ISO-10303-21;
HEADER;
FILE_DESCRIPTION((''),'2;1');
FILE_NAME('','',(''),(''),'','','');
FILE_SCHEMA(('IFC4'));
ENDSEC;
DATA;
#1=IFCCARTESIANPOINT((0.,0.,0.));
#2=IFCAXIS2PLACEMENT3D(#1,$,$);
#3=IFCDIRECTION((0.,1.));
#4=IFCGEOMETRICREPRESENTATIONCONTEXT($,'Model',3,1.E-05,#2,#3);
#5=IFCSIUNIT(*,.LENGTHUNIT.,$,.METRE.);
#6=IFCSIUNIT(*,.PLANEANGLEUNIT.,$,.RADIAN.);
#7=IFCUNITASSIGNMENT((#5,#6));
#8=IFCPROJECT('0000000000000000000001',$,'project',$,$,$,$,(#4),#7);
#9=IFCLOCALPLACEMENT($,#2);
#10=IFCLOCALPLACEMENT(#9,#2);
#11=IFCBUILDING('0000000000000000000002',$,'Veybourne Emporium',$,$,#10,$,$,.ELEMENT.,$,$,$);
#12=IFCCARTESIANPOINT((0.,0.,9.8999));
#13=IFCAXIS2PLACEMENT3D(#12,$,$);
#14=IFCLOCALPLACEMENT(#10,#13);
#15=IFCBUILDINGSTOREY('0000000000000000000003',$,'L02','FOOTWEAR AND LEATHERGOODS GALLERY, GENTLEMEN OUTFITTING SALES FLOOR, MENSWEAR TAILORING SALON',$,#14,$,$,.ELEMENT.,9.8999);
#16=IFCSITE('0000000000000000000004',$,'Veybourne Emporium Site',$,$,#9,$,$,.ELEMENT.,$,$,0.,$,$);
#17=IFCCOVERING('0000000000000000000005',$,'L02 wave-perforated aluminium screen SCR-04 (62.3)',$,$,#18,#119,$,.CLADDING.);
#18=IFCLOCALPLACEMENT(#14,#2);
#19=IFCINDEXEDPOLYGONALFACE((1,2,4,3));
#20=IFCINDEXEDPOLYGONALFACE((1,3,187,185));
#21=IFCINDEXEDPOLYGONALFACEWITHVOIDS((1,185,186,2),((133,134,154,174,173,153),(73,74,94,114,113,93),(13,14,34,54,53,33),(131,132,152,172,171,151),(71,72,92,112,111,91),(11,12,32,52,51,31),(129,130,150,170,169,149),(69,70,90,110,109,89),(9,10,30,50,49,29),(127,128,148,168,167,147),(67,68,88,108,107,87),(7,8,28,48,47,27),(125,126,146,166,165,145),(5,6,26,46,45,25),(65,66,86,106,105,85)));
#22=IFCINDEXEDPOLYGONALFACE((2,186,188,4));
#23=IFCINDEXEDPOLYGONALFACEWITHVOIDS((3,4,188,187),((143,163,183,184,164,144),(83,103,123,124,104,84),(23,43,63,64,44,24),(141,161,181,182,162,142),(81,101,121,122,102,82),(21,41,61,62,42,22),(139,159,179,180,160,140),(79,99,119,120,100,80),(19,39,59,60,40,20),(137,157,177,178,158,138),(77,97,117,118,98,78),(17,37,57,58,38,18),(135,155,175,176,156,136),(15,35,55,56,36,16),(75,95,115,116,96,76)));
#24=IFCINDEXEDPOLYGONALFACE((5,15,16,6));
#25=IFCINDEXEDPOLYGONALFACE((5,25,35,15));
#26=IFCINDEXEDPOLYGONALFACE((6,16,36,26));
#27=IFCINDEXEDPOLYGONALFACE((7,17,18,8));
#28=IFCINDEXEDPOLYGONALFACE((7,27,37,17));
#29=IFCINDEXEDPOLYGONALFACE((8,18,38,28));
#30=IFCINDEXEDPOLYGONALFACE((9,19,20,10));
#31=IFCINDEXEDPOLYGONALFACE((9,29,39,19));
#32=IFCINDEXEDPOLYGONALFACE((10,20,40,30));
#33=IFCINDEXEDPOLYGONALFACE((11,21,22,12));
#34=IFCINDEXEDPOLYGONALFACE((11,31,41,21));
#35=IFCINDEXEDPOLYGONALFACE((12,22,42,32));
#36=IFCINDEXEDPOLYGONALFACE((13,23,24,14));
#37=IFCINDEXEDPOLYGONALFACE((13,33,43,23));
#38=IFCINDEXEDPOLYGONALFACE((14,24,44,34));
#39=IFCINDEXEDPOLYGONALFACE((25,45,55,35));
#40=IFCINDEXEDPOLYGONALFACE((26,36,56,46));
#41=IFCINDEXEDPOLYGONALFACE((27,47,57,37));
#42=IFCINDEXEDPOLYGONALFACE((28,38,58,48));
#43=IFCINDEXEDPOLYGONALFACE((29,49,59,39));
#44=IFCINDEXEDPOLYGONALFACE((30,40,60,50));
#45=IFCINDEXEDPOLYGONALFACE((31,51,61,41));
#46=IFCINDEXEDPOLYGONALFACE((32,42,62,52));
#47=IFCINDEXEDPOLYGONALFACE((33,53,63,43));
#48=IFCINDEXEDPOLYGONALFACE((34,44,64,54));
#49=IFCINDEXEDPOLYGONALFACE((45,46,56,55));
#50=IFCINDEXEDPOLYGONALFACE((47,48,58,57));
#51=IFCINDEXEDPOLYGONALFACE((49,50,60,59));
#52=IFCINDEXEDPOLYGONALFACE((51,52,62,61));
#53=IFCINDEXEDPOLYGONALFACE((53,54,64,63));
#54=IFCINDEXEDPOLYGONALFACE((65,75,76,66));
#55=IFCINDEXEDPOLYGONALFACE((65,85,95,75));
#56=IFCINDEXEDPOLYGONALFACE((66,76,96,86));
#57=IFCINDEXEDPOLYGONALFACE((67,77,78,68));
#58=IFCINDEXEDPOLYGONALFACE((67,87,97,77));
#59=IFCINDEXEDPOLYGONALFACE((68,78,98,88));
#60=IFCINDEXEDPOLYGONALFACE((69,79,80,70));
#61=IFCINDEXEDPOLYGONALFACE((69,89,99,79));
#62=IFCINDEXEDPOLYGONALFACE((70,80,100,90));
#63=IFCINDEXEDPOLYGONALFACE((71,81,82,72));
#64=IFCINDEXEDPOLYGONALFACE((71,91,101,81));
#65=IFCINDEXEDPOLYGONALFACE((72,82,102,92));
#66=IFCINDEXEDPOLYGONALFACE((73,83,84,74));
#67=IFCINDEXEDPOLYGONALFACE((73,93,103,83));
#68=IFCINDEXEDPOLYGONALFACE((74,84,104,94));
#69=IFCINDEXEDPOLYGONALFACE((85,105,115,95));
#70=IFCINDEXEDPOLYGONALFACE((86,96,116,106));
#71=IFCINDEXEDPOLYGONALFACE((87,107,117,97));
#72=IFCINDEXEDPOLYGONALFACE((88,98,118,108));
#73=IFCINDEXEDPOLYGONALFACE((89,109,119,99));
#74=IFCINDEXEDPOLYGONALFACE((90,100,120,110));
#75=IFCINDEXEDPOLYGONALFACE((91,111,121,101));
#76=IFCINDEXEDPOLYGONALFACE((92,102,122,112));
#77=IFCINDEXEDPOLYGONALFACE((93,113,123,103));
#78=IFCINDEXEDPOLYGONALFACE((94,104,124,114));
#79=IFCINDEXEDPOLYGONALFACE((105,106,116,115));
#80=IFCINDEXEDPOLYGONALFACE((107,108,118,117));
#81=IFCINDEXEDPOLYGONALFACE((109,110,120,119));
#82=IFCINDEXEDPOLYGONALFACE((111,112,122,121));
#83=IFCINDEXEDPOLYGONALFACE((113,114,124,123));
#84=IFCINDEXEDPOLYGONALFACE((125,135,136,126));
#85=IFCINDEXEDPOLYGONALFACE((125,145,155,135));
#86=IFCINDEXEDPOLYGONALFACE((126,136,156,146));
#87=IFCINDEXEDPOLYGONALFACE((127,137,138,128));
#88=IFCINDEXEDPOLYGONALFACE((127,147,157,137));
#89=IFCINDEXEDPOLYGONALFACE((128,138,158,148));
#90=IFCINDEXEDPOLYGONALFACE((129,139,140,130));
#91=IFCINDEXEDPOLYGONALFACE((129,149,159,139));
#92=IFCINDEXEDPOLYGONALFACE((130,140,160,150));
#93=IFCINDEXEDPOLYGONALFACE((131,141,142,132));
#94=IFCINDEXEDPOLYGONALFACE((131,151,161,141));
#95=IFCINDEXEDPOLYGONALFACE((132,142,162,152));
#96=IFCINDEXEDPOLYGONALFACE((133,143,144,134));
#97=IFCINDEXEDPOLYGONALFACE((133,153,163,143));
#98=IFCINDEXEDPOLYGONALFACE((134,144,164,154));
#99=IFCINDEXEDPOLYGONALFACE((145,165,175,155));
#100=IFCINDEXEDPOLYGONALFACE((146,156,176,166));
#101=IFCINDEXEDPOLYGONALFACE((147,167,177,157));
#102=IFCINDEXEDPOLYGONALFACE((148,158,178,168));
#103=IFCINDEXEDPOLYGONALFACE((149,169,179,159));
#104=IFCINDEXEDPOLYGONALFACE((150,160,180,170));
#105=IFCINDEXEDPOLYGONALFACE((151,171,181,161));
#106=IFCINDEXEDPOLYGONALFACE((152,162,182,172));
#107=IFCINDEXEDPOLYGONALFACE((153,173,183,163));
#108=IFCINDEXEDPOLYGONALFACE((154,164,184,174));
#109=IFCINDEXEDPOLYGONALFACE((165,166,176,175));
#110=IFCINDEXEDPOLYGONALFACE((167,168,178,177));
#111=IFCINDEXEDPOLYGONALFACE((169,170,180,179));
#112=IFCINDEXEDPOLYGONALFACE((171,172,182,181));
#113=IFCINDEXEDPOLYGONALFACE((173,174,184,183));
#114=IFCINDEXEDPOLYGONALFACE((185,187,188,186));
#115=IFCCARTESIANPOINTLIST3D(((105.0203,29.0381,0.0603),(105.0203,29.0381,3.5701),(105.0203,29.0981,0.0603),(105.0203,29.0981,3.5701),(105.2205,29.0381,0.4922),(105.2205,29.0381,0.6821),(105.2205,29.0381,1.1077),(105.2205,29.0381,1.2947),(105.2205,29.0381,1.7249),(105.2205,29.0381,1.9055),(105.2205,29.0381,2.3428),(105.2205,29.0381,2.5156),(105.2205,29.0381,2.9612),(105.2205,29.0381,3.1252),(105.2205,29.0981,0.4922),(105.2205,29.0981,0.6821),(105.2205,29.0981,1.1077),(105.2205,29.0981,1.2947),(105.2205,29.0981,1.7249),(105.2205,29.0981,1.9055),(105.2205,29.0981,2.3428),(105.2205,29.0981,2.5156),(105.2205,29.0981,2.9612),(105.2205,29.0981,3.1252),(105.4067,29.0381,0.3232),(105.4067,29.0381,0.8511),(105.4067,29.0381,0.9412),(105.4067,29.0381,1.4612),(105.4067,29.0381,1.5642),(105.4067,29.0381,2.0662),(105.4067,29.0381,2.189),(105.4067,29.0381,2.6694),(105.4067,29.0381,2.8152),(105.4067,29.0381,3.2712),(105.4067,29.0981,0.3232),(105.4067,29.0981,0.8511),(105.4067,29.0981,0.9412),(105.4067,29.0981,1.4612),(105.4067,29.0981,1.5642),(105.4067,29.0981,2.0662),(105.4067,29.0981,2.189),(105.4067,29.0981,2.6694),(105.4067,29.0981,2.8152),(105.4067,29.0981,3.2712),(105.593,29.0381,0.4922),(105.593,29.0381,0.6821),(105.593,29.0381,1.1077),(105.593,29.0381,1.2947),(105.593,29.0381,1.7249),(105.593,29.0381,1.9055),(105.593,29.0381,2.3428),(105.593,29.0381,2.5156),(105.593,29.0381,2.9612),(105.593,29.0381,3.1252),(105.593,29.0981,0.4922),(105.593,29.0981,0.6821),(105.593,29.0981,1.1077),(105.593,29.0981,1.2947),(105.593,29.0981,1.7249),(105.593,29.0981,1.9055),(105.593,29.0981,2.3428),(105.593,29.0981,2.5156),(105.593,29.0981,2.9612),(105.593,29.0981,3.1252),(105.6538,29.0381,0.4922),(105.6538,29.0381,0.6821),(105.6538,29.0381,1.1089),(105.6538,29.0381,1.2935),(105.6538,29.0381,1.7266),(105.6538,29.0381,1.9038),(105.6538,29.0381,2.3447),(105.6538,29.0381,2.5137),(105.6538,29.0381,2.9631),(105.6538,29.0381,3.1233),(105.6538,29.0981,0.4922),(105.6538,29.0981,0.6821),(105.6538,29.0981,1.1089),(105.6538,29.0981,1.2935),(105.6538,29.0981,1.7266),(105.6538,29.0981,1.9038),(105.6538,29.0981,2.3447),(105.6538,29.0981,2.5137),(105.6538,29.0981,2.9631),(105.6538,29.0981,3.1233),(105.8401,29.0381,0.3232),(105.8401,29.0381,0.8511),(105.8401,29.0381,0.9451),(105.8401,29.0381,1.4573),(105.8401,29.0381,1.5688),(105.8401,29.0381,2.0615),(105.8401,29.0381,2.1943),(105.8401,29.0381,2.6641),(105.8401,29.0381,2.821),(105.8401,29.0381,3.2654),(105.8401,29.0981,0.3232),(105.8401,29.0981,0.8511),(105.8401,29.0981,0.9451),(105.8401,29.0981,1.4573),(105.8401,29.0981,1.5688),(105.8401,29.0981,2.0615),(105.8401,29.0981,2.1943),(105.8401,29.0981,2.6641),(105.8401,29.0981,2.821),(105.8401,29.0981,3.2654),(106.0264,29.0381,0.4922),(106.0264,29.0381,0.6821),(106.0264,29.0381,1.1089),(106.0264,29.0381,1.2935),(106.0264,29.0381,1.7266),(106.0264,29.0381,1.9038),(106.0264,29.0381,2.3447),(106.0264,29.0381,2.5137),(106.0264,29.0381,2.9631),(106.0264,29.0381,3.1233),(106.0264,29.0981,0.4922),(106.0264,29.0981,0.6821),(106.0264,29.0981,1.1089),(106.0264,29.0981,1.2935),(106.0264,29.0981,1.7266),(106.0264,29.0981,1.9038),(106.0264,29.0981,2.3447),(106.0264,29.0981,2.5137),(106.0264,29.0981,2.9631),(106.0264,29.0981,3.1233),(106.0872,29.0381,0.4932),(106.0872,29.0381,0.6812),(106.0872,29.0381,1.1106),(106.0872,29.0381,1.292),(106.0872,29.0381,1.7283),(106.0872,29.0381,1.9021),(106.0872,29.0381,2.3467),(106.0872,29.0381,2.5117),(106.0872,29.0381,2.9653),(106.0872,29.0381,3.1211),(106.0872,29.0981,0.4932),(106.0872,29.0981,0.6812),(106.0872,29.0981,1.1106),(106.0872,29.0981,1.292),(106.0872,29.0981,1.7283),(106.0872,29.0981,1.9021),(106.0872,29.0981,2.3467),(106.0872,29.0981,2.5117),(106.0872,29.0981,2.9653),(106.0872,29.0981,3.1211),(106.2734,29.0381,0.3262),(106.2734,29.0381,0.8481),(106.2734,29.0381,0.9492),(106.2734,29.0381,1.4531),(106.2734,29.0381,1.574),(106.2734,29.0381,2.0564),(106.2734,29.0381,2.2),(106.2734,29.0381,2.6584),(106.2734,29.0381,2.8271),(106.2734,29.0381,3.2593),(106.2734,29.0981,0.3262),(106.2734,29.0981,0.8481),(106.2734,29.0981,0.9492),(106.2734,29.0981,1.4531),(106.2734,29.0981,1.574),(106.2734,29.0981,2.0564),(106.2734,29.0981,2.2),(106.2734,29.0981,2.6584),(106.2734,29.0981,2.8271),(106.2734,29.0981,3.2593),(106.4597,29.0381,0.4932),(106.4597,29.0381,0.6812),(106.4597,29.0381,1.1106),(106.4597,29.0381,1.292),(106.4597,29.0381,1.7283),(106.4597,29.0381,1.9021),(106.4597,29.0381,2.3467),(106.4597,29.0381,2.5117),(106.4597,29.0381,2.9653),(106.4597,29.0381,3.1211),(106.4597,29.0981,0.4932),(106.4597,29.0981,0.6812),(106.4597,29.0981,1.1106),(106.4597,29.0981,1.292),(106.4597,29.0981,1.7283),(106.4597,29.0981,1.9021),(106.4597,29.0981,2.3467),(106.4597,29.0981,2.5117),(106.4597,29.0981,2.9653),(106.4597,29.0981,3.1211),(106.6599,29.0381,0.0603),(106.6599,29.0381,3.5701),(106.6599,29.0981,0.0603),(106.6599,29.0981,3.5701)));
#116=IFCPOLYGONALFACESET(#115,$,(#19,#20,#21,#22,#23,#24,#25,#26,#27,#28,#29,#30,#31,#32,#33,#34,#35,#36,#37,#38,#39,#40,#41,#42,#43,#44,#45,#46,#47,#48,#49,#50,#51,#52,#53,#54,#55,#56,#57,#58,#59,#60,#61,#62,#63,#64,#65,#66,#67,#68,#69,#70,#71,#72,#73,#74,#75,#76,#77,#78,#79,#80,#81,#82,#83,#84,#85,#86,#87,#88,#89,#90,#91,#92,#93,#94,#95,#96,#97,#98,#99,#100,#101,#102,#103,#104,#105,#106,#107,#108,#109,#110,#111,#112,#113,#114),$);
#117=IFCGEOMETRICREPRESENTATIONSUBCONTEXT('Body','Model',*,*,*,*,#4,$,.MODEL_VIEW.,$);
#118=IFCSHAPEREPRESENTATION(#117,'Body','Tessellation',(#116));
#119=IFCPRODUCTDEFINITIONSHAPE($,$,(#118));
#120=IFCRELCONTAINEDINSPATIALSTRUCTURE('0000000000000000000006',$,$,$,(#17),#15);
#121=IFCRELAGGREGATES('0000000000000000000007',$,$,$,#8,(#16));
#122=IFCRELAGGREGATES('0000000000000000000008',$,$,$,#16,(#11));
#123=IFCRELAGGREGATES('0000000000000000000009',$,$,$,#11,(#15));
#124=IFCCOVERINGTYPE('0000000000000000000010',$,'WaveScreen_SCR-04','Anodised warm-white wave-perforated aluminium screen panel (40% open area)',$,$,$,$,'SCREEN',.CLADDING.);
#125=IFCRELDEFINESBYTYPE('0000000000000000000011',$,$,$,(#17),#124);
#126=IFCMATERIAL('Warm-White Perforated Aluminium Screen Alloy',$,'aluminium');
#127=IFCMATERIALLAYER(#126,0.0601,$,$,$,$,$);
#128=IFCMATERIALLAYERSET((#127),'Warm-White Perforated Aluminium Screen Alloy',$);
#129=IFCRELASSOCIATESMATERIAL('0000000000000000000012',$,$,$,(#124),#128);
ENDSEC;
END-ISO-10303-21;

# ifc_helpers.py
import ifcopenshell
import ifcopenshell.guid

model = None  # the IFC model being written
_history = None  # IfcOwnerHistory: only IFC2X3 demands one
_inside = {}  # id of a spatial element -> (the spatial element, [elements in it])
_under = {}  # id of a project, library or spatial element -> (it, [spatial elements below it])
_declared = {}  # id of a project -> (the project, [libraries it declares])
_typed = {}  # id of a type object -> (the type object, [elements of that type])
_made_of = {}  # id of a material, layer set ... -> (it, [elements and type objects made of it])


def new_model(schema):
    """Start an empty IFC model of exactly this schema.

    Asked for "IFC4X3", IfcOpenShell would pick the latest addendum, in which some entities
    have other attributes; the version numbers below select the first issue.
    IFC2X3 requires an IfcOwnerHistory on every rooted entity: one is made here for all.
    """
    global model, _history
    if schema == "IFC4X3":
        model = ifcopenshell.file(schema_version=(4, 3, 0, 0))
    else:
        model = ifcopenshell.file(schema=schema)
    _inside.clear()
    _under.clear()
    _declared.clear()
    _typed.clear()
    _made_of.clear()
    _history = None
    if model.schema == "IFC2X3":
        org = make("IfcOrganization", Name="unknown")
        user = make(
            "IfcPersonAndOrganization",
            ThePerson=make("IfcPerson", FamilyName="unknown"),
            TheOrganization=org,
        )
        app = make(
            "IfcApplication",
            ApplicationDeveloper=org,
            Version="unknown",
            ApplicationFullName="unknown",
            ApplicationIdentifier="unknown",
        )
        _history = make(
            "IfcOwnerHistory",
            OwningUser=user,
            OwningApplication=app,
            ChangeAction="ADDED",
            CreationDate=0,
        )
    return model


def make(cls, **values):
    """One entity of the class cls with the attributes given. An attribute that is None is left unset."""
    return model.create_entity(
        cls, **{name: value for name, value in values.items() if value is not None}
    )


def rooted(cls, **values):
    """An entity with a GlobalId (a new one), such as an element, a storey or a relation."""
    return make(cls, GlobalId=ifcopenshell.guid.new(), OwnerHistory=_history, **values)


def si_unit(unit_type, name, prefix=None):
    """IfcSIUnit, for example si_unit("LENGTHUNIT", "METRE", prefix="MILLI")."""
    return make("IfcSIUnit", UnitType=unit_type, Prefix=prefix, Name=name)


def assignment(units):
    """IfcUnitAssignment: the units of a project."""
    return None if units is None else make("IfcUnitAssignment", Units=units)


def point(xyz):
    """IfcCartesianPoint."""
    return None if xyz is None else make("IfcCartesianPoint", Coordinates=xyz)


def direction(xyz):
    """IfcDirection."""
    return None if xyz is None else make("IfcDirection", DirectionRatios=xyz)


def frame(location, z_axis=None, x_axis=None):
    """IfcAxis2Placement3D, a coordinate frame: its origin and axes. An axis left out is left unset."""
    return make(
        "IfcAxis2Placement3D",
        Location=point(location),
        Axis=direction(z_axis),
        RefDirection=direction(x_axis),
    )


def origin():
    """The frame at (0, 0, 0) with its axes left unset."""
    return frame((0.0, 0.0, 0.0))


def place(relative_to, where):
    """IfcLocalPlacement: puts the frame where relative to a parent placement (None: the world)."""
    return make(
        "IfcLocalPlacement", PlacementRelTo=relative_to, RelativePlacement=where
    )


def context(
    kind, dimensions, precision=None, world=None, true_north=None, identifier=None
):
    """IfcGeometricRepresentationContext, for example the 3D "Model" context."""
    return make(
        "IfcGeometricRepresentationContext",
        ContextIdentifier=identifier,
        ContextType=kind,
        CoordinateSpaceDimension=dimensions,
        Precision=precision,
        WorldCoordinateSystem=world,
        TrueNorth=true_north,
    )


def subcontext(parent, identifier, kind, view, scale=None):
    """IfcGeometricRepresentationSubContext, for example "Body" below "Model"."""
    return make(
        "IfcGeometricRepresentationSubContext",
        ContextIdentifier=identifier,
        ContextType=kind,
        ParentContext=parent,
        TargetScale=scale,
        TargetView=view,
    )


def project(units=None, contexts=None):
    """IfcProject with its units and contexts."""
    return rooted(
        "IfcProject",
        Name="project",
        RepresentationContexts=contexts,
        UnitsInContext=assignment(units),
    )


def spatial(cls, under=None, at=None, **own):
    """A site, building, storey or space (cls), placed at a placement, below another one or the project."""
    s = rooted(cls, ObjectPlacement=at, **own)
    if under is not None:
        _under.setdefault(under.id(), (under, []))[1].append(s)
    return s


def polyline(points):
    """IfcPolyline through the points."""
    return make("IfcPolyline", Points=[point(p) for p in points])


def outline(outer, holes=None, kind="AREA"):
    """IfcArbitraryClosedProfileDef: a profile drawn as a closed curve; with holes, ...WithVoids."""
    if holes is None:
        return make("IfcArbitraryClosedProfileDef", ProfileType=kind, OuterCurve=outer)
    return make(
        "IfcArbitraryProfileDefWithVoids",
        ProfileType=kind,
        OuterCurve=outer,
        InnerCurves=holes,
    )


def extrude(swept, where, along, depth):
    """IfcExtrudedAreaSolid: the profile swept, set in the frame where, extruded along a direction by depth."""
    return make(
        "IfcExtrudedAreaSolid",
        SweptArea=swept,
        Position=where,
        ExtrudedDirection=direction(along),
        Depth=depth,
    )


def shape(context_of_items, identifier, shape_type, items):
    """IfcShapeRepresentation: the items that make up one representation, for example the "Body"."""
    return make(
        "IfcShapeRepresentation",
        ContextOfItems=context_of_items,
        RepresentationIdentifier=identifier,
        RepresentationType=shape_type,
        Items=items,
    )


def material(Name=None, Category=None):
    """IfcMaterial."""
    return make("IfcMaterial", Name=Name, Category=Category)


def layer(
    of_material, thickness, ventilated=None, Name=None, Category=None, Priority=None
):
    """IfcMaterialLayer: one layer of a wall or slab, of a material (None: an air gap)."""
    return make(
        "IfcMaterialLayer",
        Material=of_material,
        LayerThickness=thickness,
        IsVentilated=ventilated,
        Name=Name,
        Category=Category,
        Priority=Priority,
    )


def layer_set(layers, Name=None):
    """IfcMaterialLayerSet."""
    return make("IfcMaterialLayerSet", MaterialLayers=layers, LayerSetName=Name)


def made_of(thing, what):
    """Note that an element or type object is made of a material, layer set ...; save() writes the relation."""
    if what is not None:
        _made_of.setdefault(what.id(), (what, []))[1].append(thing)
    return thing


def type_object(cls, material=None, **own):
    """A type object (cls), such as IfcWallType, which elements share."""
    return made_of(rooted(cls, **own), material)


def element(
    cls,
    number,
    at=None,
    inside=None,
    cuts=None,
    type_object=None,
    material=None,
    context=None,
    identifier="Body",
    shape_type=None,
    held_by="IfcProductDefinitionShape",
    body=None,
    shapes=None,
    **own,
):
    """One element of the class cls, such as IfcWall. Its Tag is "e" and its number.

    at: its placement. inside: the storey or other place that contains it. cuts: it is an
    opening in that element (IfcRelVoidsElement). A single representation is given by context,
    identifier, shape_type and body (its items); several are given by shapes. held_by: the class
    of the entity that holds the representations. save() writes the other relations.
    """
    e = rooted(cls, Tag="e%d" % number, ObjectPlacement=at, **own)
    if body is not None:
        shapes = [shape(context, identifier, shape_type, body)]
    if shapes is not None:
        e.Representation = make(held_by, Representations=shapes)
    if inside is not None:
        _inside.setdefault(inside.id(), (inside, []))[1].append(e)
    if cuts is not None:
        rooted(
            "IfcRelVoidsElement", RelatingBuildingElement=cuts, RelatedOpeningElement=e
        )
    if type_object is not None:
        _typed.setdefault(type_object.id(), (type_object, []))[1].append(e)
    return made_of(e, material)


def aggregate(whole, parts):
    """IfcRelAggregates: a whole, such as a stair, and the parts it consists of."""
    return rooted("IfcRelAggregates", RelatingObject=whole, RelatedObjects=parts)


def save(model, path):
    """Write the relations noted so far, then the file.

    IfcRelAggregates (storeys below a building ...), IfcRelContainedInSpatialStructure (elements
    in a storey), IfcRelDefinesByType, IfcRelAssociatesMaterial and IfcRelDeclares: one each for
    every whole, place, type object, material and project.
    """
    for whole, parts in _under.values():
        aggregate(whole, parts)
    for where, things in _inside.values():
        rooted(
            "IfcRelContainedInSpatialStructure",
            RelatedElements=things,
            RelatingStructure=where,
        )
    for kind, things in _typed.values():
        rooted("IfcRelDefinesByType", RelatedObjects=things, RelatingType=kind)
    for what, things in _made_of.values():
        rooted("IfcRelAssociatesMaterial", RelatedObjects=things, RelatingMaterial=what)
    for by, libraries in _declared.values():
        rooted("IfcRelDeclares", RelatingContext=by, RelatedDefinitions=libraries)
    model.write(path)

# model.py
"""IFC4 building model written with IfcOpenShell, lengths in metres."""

from ifc_helpers import new_model, si_unit, direction, frame, origin, place, context, subcontext, project, spatial, polyline, outline, extrude, material, layer, layer_set, type_object, element, save


model = new_model("IFC4")

# Units and contexts
model_context = context("Model", 3, precision=1e-05, world=origin(), true_north=direction((0.0, 1.0)))
body_context = subcontext(model_context, "Body", "Model", "MODEL_VIEW")
ifc_project = project(units=[si_unit("LENGTHUNIT", "METRE"), si_unit("PLANEANGLEUNIT", "RADIAN")], contexts=[model_context])

# Site, building, storey
site_placement = place(None, origin())
site = spatial("IfcSite", under=ifc_project, at=site_placement, Name="Veybourne Emporium Site", CompositionType="ELEMENT", RefElevation=0.0)
building_placement = place(site_placement, origin())
building = spatial("IfcBuilding", under=site, at=building_placement, Name="Veybourne Emporium", CompositionType="ELEMENT")
storey_placement = place(building_placement, frame((0.0, 0.0, 9.8999)))
storey = spatial("IfcBuildingStorey", under=building, at=storey_placement, Name="L02", Description="FOOTWEAR AND LEATHERGOODS GALLERY, GENTLEMEN OUTFITTING SALES FLOOR, MENSWEAR TAILORING SALON", CompositionType="ELEMENT", Elevation=9.8999)

# Covering
ifc_material_1 = material(Name="Warm-White Perforated Aluminium Screen Alloy", Category="aluminium")
ifc_layer_1 = layer(ifc_material_1, 0.0601)
ifc_layer_set_1 = layer_set([ifc_layer_1], Name="Warm-White Perforated Aluminium Screen Alloy")
covering_type_1 = type_object("IfcCoveringType", Name="WaveScreen_SCR-04", Description="Anodised warm-white wave-perforated aluminium screen panel (40% open area)", ElementType="SCREEN", PredefinedType="CLADDING", material=ifc_layer_set_1)
covering_1_placement = place(storey_placement, frame((105.8401, 29.0981, 1.8152), z_axis=(0.0, -1.0, 0.0), x_axis=(1.0, 0.0, 0.0)))
element("IfcCovering", 1, at=covering_1_placement, inside=storey, type_object=covering_type_1, Name="L02 wave-perforated aluminium screen SCR-04 (62.3)", PredefinedType="CLADDING", context=body_context, shape_type="SweptSolid", body=[
    extrude(outline(polyline([(-0.8198, -1.7549), (0.8198, -1.7549), (0.8198, 1.7549), (-0.8198, 1.7549), (-0.8198, -1.7549)]), holes=[polyline([(-0.4333, -0.9641), (-0.2471, -1.1331), (-0.2471, -1.323), (-0.4333, -1.4919), (-0.6196, -1.323), (-0.6196, -1.1331), (-0.4333, -0.9641)]), polyline([(-0.4333, -0.354), (-0.2471, -0.5205), (-0.2471, -0.7075), (-0.4333, -0.874), (-0.6196, -0.7075), (-0.6196, -0.5205), (-0.4333, -0.354)]), polyline([(-0.4333, 0.251), (-0.2471, 0.0903), (-0.2471, -0.0903), (-0.4333, -0.251), (-0.6196, -0.0903), (-0.6196, 0.0903), (-0.4333, 0.251)]), polyline([(-0.4333, 0.8542), (-0.2471, 0.7004), (-0.2471, 0.5276), (-0.4333, 0.3738), (-0.6196, 0.5276), (-0.6196, 0.7004), (-0.4333, 0.8542)]), polyline([(-0.4333, 1.4561), (-0.2471, 1.3101), (-0.2471, 1.146), (-0.4333, 1.0), (-0.6196, 1.146), (-0.6196, 1.3101), (-0.4333, 1.4561)]), polyline([(0.0, -0.9641), (0.1863, -1.1331), (0.1863, -1.323), (0.0, -1.4919), (-0.1863, -1.323), (-0.1863, -1.1331), (0.0, -0.9641)]), polyline([(0.0, -0.3579), (0.1863, -0.5217), (0.1863, -0.7063), (0.0, -0.8701), (-0.1863, -0.7063), (-0.1863, -0.5217), (0.0, -0.3579)]), polyline([(0.0, 0.2463), (0.1863, 0.0886), (0.1863, -0.0886), (0.0, -0.2463), (-0.1863, -0.0886), (-0.1863, 0.0886), (0.0, 0.2463)]), polyline([(0.0, 0.8489), (0.1863, 0.6985), (0.1863, 0.5295), (0.0, 0.3792), (-0.1863, 0.5295), (-0.1863, 0.6985), (0.0, 0.8489)]), polyline([(0.0, 1.4502), (0.1863, 1.3081), (0.1863, 1.1479), (0.0, 1.0059), (-0.1863, 1.1479), (-0.1863, 1.3081), (0.0, 1.4502)]), polyline([(0.4333, -0.967), (0.6196, -1.134), (0.6196, -1.322), (0.4333, -1.489), (0.2471, -1.322), (0.2471, -1.134), (0.4333, -0.967)]), polyline([(0.4333, -0.3621), (0.6196, -0.5232), (0.6196, -0.7046), (0.4333, -0.866), (0.2471, -0.7046), (0.2471, -0.5232), (0.4333, -0.3621)]), polyline([(0.4333, 0.2412), (0.6196, 0.0869), (0.6196, -0.0869), (0.4333, -0.2412), (0.2471, -0.0869), (0.2471, 0.0869), (0.4333, 0.2412)]), polyline([(0.4333, 0.8433), (0.6196, 0.6965), (0.6196, 0.5315), (0.4333, 0.3848), (0.2471, 0.5315), (0.2471, 0.6965), (0.4333, 0.8433)]), polyline([(0.4333, 1.4441), (0.6196, 1.3059), (0.6196, 1.1501), (0.4333, 1.012), (0.2471, 1.1501), (0.2471, 1.3059), (0.4333, 1.4441)])]), origin(), (0.0, 0.0, 1.0), 0.0601),
])

save(model, "model.ifc")
